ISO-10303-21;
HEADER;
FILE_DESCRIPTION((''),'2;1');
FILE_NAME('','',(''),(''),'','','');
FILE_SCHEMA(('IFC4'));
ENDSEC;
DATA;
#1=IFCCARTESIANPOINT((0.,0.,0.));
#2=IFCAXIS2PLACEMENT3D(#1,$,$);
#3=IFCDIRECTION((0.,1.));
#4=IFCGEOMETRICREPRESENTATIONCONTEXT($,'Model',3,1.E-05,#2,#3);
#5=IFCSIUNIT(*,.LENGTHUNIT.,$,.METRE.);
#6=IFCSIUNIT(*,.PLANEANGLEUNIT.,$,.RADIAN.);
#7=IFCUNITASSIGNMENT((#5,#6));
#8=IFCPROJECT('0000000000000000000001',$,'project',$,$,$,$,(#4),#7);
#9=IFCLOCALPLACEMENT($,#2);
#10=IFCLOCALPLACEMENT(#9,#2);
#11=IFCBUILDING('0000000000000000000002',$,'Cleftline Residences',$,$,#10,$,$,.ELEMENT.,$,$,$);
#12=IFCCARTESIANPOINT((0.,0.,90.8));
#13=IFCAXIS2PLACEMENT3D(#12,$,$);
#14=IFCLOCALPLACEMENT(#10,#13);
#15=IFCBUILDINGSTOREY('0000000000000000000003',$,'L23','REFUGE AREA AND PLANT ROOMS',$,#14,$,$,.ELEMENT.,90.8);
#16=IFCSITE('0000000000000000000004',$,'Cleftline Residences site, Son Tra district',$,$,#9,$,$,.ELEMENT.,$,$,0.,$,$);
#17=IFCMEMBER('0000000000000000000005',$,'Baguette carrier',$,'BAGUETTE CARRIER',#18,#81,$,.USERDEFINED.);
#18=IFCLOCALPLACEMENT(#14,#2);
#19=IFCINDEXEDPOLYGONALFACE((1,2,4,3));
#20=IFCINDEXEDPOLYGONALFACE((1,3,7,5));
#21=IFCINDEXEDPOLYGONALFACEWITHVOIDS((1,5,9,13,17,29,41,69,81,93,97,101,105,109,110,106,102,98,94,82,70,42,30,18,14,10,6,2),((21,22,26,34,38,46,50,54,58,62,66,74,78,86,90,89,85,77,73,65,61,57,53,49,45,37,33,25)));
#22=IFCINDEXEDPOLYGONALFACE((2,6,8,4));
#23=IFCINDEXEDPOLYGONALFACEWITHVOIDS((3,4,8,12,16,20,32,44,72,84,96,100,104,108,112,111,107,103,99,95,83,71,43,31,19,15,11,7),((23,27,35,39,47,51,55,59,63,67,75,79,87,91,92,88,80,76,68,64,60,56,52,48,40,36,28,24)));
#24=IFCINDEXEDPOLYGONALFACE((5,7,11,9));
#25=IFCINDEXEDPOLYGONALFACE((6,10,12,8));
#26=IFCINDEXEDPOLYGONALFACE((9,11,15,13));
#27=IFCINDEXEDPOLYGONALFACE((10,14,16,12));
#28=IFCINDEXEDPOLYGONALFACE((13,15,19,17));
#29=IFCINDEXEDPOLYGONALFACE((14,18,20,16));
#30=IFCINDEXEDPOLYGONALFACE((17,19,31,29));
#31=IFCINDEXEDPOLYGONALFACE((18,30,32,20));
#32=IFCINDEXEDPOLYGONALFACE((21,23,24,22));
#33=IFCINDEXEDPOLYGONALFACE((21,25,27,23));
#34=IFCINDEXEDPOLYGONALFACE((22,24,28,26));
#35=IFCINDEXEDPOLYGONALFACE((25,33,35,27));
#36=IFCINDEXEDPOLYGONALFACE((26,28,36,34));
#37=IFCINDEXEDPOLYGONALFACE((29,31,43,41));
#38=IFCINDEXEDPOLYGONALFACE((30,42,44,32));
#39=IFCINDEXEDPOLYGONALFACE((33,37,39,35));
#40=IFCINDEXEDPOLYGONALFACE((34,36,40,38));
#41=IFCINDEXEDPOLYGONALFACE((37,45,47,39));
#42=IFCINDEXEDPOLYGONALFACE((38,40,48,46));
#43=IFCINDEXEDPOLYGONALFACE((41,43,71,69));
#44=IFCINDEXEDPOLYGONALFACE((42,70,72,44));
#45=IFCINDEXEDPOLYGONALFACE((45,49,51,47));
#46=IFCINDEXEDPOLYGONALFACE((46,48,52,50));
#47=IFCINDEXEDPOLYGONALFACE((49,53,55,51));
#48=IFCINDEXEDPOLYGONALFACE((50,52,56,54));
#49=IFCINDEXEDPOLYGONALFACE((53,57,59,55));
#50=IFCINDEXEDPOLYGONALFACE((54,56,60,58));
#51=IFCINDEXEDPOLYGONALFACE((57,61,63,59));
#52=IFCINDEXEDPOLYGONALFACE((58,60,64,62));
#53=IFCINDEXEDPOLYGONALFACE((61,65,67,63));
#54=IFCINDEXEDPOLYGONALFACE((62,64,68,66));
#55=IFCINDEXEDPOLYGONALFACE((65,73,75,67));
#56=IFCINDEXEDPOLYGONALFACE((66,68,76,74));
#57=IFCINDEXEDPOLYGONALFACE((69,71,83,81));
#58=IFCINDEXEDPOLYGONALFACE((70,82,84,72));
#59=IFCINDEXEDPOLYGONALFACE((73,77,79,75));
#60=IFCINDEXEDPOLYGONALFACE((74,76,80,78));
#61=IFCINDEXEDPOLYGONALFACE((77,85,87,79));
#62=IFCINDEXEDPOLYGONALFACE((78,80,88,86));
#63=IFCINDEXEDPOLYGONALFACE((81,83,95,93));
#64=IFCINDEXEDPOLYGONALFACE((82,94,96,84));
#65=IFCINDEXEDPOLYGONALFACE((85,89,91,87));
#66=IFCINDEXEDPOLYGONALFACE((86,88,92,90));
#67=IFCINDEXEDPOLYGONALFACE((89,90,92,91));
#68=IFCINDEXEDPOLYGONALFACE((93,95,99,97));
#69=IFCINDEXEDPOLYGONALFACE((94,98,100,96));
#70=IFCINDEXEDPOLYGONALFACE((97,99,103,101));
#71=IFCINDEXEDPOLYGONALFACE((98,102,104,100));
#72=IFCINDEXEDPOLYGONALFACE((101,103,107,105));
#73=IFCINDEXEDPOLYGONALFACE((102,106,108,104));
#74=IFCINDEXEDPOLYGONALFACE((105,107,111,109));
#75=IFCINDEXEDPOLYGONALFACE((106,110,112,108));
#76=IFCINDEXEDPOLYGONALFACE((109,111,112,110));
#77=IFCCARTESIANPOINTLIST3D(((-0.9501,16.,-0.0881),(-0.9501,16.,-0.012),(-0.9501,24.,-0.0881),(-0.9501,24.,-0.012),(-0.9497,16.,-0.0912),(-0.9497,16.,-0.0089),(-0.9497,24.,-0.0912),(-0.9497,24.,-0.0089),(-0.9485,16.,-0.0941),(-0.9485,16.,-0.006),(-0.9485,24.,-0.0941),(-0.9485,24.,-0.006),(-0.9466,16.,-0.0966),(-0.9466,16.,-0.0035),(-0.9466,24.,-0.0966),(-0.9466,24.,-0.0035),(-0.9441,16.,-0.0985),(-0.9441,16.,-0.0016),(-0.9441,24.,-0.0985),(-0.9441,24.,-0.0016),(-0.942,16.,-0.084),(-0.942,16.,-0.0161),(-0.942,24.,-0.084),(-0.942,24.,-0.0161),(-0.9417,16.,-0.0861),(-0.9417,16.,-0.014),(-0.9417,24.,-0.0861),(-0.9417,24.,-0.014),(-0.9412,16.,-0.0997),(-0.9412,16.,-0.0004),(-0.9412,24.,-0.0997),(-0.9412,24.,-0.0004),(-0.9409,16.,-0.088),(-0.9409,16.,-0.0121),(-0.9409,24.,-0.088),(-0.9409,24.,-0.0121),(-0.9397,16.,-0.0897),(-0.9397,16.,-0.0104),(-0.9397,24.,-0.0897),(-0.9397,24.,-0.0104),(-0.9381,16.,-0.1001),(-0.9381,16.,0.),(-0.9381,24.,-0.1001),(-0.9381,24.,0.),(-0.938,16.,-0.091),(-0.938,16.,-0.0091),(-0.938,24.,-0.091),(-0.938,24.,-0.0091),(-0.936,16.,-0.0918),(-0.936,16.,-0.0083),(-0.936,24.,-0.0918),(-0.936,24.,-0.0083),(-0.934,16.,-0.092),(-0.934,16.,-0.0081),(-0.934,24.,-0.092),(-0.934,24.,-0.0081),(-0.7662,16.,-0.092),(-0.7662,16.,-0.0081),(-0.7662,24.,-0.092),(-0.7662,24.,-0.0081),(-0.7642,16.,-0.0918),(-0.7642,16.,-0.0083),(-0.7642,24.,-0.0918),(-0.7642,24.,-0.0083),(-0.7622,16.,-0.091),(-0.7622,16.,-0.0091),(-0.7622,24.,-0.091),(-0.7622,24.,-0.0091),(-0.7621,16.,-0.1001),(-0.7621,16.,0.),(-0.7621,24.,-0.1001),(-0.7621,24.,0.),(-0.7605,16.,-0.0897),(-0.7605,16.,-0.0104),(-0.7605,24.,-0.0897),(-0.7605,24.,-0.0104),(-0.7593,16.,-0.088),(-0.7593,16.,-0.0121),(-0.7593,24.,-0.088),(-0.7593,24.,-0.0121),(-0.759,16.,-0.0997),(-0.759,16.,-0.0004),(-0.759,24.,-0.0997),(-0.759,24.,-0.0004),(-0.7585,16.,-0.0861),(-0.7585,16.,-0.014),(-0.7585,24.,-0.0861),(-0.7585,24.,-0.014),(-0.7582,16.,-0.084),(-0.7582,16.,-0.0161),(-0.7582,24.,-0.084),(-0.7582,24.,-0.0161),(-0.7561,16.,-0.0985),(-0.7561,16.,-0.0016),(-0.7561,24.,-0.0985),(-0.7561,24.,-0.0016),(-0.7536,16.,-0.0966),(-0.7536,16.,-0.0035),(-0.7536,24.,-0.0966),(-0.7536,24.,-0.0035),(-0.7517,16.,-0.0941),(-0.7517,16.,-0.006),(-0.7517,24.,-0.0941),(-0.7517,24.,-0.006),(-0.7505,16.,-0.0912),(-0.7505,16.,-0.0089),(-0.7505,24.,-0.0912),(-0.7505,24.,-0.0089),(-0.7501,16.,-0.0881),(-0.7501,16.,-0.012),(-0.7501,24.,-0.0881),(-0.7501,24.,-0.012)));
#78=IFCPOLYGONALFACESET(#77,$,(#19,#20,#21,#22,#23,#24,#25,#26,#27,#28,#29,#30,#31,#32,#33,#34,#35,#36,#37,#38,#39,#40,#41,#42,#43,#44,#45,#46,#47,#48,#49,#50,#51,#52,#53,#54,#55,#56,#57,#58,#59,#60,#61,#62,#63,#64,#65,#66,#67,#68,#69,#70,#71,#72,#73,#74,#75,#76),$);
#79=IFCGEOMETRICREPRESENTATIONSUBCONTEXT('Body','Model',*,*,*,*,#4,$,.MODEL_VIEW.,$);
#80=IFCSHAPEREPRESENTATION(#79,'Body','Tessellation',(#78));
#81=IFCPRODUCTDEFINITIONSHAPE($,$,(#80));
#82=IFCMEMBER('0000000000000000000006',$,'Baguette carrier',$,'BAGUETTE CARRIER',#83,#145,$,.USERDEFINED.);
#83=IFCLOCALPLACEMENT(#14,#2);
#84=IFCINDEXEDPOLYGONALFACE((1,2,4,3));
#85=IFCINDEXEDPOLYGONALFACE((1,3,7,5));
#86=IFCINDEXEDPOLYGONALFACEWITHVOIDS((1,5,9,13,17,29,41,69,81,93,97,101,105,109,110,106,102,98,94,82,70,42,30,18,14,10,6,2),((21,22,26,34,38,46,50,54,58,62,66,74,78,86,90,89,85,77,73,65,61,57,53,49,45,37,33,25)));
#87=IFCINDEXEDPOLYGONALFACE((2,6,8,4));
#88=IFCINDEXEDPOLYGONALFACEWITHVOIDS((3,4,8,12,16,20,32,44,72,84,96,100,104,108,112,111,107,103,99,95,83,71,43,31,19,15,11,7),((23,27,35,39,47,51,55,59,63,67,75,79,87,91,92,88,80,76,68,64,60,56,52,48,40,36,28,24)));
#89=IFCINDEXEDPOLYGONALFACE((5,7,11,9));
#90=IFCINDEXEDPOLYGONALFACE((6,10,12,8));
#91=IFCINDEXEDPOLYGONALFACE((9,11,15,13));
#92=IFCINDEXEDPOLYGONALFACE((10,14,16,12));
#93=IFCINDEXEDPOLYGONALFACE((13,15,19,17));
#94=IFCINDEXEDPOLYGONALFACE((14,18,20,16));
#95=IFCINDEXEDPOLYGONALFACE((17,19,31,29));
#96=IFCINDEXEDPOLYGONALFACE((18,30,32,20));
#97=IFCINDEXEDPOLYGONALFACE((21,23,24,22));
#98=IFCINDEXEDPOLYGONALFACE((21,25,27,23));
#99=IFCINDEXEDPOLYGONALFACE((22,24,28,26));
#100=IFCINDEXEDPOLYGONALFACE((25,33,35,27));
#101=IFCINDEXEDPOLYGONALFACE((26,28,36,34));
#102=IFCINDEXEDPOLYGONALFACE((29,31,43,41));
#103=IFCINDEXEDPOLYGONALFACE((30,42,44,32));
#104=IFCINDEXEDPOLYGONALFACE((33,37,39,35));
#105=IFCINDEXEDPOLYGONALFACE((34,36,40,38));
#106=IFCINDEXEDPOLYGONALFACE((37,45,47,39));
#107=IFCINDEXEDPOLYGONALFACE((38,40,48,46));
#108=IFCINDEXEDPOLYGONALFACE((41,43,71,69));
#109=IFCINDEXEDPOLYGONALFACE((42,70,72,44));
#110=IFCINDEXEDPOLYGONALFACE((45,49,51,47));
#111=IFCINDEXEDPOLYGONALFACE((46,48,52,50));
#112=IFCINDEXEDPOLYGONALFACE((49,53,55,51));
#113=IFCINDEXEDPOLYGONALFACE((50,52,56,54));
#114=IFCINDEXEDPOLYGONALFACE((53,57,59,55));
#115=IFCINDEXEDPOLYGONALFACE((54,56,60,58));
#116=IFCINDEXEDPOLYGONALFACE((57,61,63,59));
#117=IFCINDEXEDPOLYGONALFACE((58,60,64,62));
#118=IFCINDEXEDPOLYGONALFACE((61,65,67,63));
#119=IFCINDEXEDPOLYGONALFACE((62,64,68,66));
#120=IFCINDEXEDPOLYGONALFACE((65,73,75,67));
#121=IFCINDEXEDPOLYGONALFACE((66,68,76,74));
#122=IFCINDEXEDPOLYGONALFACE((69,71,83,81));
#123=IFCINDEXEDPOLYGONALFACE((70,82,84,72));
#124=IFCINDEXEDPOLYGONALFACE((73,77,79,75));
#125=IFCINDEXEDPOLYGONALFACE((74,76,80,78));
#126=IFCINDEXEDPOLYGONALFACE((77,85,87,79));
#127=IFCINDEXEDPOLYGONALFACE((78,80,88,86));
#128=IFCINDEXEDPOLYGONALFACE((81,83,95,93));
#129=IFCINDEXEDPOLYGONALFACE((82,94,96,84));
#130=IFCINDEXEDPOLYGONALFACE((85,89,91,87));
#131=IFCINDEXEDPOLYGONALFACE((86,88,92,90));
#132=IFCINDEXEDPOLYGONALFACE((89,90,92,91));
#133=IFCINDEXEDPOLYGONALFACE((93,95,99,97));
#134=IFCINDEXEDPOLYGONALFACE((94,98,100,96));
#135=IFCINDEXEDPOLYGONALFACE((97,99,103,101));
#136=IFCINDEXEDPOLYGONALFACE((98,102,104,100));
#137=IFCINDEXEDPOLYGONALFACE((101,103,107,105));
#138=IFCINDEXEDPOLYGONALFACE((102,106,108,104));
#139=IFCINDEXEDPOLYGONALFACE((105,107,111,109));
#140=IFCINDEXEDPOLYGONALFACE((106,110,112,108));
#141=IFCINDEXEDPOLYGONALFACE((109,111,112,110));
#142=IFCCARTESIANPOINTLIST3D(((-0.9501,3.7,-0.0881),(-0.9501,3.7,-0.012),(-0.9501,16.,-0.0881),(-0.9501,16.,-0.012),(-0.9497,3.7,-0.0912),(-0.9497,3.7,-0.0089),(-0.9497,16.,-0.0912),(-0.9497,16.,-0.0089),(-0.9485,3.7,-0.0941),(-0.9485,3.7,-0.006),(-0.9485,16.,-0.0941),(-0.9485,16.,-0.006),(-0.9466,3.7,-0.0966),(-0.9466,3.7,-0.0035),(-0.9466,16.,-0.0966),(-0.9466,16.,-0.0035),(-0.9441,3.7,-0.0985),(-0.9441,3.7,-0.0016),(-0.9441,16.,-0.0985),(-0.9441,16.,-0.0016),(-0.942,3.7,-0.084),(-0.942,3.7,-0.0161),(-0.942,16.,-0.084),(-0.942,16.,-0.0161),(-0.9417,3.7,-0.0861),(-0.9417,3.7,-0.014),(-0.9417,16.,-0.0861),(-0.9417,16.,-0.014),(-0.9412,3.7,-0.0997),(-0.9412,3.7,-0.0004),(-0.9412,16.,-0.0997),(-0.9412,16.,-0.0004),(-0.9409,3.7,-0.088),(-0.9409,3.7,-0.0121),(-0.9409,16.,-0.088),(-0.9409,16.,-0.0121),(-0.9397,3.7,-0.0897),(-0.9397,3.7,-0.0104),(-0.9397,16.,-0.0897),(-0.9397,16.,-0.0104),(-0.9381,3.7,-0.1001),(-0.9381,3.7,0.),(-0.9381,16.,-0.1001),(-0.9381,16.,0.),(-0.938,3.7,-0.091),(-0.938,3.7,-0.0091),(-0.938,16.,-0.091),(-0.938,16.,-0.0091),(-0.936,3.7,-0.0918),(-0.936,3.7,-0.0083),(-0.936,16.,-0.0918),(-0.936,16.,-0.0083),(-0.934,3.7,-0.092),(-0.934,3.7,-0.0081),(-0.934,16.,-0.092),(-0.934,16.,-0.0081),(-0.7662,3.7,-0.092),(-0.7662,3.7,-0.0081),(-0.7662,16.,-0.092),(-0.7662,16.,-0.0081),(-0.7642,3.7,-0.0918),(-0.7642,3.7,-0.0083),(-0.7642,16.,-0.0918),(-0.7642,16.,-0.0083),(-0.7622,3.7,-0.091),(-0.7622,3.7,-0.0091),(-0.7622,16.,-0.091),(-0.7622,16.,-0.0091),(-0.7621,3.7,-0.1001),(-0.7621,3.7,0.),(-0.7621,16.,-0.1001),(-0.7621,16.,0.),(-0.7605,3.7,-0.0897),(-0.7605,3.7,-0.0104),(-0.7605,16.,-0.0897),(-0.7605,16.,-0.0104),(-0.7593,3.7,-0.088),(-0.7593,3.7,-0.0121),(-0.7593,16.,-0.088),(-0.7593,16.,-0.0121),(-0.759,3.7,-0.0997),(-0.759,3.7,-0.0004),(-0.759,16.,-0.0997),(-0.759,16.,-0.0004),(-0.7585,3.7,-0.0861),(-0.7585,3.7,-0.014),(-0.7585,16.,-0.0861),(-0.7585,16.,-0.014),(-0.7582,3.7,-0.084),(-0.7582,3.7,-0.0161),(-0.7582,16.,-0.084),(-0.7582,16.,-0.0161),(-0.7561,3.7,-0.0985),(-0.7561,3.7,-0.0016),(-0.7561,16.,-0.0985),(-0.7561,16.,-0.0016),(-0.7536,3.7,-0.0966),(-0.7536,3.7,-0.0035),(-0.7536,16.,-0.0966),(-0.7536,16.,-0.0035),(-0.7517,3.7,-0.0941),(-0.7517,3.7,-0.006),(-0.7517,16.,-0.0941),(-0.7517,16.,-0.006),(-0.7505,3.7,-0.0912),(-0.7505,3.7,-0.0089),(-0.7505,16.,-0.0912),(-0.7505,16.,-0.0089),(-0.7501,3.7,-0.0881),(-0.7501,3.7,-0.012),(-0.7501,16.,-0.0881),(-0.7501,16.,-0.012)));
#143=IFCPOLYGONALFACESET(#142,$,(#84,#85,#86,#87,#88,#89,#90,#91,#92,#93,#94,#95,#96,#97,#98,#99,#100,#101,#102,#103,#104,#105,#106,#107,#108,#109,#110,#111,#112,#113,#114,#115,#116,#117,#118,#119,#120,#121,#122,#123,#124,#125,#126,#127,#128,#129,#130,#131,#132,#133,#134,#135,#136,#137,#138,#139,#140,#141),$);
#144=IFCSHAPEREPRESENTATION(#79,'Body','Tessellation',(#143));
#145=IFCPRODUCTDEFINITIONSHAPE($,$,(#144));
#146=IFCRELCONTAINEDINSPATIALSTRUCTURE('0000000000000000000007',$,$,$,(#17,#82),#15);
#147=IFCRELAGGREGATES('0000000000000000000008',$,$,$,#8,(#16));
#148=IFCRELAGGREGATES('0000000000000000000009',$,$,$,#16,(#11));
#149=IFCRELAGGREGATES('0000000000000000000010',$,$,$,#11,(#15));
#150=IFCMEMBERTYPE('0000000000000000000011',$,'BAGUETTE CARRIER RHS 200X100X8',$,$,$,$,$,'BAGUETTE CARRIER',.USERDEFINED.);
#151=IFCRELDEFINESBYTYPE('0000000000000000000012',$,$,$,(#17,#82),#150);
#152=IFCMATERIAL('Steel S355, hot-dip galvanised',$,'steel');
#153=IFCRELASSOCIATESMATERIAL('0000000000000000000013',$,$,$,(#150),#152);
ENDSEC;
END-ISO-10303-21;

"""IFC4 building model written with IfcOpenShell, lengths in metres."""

from ifc_helpers import new_model, si_unit, direction, frame, origin, origin_2d, place, context, subcontext, project, spatial, hollow_rectangle, extrude, material, material_profile, profile_set, type_object, element, save


model = new_model("IFC4")

# Units and contexts
model_context = context("Model", 3, precision=1e-05, world=origin(), true_north=direction((0.0, 1.0)))
body_context = subcontext(model_context, "Body", "Model", "MODEL_VIEW")
ifc_project = project(units=[si_unit("LENGTHUNIT", "METRE"), si_unit("PLANEANGLEUNIT", "RADIAN")], contexts=[model_context])

# Site, building, storey
site_placement = place(None, origin())
site = spatial("IfcSite", under=ifc_project, at=site_placement, Name="Cleftline Residences site, Son Tra district", CompositionType="ELEMENT", RefElevation=0.0)
building_placement = place(site_placement, origin())
building = spatial("IfcBuilding", under=site, at=building_placement, Name="Cleftline Residences", CompositionType="ELEMENT")
storey_placement = place(building_placement, frame((0.0, 0.0, 90.8)))
storey = spatial("IfcBuildingStorey", under=building, at=storey_placement, Name="L23", Description="REFUGE AREA AND PLANT ROOMS", CompositionType="ELEMENT", Elevation=90.8)

# Members
ifc_material_1 = material(Name="Steel S355, hot-dip galvanised", Category="steel")
ifc_material_profile_1 = material_profile(ifc_material_1, hollow_rectangle(XDim=0.1001, YDim=0.2, WallThickness=0.0081, InnerFilletRadius=0.0081, OuterFilletRadius=0.012, at=origin_2d()))
ifc_profile_set_1 = profile_set([ifc_material_profile_1], Name="Steel S355, hot-dip galvanised")
member_type_1 = type_object("IfcMemberType", Name="BAGUETTE CARRIER RHS 200X100X8", ElementType="BAGUETTE CARRIER", PredefinedType="USERDEFINED", material=ifc_profile_set_1)
member_1_placement = place(storey_placement, frame((-0.8501, 24.0, -0.05), z_axis=(0.0, -1.0, 0.0), x_axis=(0.0, 0.0, 1.0)))
element("IfcMember", 1, at=member_1_placement, inside=storey, type_object=member_type_1, Name="Baguette carrier", ObjectType="BAGUETTE CARRIER", PredefinedType="USERDEFINED", context=body_context, shape_type="SweptSolid", body=[
    extrude(hollow_rectangle(XDim=0.1001, YDim=0.2, WallThickness=0.0081, InnerFilletRadius=0.0081, OuterFilletRadius=0.012, at=origin_2d()), origin(), (0.0, 0.0, 1.0), 8.0),
])
member_2_placement = place(storey_placement, frame((-0.8501, 16.0, -0.05), z_axis=(0.0, -1.0, 0.0), x_axis=(0.0, 0.0, 1.0)))
element("IfcMember", 2, at=member_2_placement, inside=storey, type_object=member_type_1, Name="Baguette carrier", ObjectType="BAGUETTE CARRIER", PredefinedType="USERDEFINED", context=body_context, shape_type="SweptSolid", body=[
    extrude(hollow_rectangle(XDim=0.1001, YDim=0.2, WallThickness=0.0081, InnerFilletRadius=0.0081, OuterFilletRadius=0.012, at=origin_2d()), origin(), (0.0, 0.0, 1.0), 12.3),
])

save(model, "model.ifc")
